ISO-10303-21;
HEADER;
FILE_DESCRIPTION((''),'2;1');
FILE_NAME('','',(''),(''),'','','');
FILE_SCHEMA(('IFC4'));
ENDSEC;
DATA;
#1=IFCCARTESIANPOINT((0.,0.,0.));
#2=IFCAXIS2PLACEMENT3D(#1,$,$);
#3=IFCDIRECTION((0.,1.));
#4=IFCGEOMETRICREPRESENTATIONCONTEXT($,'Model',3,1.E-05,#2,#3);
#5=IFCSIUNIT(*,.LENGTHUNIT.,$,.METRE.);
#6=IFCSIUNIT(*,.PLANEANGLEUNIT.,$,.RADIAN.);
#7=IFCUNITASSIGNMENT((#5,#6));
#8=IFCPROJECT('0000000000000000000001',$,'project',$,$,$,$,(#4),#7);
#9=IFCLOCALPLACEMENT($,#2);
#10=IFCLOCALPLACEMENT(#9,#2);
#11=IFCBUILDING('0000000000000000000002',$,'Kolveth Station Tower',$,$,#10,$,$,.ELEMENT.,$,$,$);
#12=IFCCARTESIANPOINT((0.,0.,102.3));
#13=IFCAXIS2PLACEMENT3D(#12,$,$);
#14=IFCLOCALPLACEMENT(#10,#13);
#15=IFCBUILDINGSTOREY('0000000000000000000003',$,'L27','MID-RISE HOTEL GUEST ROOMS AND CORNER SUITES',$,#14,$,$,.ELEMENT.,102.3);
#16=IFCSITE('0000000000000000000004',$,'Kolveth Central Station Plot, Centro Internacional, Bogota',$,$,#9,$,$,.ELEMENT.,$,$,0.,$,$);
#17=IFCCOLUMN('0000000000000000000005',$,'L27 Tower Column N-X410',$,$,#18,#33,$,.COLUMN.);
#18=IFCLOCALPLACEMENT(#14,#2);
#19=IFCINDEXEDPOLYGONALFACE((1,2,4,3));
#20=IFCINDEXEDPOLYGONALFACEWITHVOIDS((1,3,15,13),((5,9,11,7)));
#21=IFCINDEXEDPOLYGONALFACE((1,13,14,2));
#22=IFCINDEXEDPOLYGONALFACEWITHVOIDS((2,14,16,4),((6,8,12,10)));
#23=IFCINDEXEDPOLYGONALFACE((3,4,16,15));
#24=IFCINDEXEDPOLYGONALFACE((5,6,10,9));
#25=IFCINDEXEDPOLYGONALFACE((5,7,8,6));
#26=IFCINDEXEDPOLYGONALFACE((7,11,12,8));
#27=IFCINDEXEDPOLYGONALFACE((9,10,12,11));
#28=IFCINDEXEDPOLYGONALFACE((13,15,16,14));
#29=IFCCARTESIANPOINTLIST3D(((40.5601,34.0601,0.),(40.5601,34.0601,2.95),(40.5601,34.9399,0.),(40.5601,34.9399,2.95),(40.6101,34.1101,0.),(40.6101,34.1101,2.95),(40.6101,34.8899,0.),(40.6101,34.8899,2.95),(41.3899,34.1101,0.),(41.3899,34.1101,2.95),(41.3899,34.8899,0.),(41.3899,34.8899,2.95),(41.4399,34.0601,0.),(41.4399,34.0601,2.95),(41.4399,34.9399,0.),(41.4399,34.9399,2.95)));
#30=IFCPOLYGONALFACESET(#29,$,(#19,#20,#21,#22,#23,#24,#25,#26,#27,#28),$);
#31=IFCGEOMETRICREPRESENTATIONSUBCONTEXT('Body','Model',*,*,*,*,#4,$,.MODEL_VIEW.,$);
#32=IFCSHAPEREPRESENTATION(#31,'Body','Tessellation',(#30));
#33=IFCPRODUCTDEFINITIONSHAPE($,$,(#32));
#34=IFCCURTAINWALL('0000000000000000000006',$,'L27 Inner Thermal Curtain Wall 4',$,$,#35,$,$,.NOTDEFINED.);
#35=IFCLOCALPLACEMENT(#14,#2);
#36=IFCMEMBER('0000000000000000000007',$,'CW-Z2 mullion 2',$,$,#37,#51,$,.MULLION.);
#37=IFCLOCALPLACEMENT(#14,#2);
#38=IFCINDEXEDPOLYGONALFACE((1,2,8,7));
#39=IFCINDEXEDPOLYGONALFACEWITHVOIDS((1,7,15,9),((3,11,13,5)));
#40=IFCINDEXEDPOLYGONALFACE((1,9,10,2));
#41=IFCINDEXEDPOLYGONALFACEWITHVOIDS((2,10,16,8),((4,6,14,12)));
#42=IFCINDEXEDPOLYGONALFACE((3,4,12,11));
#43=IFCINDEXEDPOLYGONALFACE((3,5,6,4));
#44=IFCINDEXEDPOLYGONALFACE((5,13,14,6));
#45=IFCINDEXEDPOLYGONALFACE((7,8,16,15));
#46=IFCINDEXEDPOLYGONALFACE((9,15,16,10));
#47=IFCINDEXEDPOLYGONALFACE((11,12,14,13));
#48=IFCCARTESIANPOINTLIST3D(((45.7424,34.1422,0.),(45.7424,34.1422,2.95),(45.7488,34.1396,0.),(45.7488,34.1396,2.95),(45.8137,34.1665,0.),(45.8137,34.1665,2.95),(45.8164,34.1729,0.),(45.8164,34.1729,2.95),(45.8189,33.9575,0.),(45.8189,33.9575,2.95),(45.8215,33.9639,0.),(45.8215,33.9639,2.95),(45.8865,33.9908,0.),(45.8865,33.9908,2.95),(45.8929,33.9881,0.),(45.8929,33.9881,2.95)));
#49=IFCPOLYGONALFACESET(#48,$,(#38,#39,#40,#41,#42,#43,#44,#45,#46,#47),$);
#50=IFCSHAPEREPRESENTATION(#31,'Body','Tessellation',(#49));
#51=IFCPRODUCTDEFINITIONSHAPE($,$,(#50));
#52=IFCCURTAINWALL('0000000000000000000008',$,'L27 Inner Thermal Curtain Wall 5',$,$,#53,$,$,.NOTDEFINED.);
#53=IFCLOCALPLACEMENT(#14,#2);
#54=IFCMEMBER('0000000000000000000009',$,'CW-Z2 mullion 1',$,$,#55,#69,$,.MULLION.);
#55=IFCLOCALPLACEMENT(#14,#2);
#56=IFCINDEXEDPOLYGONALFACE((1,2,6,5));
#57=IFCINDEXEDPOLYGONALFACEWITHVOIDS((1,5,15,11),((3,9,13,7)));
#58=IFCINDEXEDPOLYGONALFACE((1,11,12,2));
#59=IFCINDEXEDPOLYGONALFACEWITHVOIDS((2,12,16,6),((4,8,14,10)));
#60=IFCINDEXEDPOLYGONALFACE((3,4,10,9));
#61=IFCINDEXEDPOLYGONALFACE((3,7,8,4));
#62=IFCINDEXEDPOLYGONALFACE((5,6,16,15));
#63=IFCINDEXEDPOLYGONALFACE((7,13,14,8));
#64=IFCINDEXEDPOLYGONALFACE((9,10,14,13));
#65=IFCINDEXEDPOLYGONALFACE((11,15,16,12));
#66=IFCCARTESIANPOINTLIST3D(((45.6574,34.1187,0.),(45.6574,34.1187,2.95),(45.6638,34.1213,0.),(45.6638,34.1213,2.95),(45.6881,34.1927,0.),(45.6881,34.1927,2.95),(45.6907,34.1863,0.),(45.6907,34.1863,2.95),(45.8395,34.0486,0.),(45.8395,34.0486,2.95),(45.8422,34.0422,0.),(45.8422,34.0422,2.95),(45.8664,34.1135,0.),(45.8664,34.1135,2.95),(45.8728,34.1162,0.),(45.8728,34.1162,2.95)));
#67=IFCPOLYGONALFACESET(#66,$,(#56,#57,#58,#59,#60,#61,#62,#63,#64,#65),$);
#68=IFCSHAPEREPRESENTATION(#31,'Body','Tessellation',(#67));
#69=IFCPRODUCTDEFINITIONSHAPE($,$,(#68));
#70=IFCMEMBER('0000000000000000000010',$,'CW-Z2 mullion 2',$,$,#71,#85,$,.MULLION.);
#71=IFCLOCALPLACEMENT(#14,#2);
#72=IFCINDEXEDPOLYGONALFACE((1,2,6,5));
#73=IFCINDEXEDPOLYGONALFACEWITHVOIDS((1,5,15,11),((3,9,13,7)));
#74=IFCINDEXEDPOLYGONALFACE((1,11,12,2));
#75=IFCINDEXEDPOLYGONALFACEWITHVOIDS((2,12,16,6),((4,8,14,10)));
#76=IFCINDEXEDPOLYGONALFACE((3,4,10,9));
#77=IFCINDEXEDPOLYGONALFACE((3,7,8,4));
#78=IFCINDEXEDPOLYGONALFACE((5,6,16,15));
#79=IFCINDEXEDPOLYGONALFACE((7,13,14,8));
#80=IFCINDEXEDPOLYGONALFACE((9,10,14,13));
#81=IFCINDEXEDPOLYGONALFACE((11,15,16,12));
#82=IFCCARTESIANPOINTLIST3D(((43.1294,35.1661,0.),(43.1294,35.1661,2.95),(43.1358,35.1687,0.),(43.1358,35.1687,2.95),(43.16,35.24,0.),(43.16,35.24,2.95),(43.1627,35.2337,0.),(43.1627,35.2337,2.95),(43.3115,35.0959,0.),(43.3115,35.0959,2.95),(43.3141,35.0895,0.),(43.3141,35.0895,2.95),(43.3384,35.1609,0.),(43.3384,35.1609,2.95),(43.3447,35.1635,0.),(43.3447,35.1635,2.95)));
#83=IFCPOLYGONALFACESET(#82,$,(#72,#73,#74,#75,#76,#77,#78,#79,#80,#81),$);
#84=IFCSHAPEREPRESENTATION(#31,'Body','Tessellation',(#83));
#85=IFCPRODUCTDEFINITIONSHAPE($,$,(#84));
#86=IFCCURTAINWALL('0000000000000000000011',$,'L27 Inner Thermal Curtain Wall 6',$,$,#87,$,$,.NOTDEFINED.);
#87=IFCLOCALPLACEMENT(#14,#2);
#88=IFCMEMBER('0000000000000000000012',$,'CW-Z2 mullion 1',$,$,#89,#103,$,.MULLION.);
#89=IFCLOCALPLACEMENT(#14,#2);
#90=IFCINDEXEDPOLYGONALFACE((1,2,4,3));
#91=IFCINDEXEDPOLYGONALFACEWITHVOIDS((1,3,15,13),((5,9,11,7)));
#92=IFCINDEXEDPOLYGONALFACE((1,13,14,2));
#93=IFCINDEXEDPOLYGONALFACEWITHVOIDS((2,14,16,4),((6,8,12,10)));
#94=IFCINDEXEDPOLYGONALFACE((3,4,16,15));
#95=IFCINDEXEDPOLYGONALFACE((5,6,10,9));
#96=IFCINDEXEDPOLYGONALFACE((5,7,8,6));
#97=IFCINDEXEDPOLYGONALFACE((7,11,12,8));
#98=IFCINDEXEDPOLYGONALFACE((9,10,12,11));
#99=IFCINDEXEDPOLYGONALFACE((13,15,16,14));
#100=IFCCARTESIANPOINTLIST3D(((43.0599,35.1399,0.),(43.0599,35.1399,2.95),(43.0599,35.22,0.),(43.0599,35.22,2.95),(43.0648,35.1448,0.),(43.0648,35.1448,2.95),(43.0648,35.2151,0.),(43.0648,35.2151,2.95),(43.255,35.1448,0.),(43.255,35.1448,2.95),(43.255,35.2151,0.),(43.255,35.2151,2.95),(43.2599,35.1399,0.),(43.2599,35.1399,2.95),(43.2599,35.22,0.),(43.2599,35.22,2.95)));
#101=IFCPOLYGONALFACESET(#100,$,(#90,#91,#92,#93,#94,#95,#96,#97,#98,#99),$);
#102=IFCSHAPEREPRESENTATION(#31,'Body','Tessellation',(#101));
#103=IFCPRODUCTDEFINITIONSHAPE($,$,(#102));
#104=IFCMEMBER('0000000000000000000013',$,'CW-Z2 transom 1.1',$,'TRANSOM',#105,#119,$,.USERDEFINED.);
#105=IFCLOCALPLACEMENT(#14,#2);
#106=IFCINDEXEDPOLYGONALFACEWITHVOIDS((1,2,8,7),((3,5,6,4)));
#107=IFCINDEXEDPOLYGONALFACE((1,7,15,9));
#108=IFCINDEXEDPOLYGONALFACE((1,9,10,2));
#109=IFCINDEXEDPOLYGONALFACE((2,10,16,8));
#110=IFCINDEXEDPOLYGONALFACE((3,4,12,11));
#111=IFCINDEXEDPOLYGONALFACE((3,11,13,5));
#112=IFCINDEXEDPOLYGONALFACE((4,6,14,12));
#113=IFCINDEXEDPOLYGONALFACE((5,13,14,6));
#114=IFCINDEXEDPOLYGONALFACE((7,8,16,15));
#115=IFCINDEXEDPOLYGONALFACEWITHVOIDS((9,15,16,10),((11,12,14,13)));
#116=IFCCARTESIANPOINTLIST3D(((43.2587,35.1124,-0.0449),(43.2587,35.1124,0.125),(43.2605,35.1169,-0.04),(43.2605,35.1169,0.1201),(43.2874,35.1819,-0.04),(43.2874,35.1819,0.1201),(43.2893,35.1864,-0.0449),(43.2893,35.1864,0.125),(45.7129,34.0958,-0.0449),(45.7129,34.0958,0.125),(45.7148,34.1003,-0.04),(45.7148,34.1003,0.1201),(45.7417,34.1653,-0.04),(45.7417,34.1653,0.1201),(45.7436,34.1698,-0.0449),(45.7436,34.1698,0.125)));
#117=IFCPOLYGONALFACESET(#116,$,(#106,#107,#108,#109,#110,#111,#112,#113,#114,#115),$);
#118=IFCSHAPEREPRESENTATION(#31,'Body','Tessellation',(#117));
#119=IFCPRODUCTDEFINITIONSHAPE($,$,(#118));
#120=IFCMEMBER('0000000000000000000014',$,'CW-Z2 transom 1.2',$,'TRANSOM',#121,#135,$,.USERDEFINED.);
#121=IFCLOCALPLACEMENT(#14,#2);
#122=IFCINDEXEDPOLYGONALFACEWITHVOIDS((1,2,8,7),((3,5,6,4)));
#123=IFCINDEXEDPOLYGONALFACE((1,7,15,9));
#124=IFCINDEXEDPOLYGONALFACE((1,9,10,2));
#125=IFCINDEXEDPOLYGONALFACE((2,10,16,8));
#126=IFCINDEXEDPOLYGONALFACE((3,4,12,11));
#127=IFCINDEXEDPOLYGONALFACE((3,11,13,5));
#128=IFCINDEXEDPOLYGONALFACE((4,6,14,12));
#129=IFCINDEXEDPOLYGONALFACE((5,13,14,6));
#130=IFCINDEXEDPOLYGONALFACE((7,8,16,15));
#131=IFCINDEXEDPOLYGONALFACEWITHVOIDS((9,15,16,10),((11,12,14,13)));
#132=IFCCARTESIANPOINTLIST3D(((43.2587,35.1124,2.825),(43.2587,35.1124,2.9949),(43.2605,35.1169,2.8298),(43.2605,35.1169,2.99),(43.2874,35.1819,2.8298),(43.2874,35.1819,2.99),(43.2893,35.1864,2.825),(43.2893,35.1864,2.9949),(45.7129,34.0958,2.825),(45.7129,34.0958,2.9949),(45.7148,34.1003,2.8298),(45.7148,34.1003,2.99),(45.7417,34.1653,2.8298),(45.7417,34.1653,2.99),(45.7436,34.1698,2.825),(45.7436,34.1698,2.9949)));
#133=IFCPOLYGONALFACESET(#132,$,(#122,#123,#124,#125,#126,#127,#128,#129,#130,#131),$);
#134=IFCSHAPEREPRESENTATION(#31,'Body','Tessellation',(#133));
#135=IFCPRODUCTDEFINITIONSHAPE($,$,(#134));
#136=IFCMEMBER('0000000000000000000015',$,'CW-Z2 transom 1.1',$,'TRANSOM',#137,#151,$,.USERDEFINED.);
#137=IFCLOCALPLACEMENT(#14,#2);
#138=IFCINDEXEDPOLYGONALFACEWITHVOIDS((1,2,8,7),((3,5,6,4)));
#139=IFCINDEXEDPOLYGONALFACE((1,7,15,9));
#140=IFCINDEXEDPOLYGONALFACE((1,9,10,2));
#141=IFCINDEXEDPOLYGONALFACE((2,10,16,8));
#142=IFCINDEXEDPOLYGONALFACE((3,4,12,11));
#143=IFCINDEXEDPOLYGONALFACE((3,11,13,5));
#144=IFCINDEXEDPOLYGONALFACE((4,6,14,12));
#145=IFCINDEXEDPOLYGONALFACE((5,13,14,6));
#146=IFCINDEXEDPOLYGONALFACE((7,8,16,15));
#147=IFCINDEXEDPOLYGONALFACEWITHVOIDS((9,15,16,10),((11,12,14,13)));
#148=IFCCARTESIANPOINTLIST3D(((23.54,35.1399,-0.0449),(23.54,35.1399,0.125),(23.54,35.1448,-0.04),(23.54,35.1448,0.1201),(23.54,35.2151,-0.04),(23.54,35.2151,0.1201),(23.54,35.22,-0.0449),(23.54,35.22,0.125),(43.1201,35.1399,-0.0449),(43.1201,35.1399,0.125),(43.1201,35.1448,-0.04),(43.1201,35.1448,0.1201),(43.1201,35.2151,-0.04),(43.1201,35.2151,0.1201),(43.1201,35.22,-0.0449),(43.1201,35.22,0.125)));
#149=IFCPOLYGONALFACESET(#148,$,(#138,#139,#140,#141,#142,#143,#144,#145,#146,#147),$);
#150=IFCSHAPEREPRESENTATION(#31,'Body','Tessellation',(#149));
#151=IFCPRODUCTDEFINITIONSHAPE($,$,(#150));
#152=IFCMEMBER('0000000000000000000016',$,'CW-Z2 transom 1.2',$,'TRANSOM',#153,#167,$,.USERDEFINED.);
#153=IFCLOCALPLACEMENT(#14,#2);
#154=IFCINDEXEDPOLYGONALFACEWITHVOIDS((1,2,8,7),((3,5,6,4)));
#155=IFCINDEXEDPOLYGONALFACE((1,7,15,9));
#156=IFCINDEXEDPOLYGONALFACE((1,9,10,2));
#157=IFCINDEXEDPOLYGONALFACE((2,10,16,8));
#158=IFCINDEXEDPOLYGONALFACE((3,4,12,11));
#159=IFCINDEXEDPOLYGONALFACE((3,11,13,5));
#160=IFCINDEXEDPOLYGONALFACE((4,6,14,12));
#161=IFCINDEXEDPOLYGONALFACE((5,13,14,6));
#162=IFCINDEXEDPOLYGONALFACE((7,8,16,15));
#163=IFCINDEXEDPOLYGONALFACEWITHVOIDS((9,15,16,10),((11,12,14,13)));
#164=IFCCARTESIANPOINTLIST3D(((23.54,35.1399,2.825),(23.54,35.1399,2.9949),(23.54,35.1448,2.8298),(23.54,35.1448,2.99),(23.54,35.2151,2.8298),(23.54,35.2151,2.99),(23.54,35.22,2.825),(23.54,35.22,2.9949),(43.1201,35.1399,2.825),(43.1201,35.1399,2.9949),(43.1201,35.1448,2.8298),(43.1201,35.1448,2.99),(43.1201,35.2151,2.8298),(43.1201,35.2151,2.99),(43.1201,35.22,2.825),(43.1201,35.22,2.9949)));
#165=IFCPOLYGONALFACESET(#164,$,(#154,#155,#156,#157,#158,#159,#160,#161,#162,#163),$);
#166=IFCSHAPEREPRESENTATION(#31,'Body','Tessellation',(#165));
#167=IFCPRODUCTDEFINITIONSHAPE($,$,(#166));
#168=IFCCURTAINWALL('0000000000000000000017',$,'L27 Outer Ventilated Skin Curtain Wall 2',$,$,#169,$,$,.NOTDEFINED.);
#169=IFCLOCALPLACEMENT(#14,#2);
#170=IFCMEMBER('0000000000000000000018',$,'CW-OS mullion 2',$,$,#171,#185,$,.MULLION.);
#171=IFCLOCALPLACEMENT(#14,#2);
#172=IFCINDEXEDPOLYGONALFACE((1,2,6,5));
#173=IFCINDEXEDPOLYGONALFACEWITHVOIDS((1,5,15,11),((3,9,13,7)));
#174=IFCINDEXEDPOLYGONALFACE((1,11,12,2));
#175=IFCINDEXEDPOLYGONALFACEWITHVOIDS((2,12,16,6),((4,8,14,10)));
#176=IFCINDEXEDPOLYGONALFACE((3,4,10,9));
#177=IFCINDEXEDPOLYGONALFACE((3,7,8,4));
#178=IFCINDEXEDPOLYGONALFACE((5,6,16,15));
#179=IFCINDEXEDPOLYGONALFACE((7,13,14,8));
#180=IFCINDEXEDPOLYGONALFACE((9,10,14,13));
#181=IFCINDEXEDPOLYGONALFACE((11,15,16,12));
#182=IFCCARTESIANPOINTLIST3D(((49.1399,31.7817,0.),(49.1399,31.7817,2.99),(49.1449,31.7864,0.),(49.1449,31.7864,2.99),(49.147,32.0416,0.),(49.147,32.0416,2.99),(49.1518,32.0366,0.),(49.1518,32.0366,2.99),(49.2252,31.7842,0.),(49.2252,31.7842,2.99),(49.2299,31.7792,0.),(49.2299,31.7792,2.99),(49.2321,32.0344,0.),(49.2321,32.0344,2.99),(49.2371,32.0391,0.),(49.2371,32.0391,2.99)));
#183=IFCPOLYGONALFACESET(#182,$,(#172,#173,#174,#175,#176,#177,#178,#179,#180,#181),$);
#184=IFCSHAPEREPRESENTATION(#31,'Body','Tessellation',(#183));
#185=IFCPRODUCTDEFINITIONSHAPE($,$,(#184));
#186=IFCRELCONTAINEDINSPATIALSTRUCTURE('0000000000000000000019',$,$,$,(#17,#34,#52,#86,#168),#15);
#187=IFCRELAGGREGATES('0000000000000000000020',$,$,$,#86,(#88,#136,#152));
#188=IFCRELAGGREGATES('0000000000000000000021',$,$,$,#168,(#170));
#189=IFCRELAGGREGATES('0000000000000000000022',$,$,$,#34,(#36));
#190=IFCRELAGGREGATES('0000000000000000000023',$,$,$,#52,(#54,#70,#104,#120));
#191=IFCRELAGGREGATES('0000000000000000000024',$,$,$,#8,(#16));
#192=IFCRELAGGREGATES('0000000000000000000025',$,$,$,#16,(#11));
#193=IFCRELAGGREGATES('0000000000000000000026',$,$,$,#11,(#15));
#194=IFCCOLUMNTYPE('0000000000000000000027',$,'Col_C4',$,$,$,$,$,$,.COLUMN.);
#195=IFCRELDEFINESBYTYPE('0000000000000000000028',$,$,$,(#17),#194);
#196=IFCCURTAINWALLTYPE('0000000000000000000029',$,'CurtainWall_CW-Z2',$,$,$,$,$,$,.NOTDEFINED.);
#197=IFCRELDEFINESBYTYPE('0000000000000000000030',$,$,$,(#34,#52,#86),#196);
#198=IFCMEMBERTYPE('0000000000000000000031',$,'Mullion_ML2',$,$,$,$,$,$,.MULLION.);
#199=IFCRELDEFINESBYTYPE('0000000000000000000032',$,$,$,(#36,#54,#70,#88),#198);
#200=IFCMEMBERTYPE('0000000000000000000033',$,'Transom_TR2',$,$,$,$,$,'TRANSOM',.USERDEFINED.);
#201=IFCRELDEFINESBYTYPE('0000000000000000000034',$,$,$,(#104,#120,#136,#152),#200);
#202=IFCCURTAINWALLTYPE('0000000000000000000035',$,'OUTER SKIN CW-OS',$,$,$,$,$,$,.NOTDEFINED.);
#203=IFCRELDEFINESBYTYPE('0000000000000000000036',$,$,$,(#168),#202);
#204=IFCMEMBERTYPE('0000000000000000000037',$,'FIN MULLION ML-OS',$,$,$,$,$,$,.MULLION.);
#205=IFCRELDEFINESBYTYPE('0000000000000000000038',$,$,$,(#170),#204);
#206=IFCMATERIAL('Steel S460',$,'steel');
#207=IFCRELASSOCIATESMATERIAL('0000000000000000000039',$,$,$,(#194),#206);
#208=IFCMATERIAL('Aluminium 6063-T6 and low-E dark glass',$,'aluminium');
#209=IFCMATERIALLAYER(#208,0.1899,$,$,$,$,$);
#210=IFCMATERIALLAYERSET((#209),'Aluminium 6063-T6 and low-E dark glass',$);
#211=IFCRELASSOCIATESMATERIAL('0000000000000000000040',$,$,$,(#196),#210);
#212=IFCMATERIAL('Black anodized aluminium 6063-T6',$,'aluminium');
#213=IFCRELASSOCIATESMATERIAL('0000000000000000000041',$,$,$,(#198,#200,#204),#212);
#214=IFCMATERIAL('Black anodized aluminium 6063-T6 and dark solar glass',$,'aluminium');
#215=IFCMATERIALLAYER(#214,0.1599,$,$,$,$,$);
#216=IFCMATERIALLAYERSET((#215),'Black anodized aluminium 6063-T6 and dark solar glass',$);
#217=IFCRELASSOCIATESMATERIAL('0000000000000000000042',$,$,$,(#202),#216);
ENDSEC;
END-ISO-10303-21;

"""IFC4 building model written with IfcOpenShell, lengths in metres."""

from ifc_helpers import new_model, si_unit, direction, frame, origin, origin_2d, place, context, subcontext, project, spatial, hollow_rectangle, extrude, source, transform, mapped, material, layer, layer_set, material_profile, profile_set, type_object, element, aggregate, save


model = new_model("IFC4")

# Units and contexts
model_context = context("Model", 3, precision=1e-05, world=origin(), true_north=direction((0.0, 1.0)))
body_context = subcontext(model_context, "Body", "Model", "MODEL_VIEW")
ifc_project = project(units=[si_unit("LENGTHUNIT", "METRE"), si_unit("PLANEANGLEUNIT", "RADIAN")], contexts=[model_context])

# Site, building, storey
site_placement = place(None, origin())
site = spatial("IfcSite", under=ifc_project, at=site_placement, Name="Kolveth Central Station Plot, Centro Internacional, Bogota", CompositionType="ELEMENT", RefElevation=0.0)
building_placement = place(site_placement, origin())
building = spatial("IfcBuilding", under=site, at=building_placement, Name="Kolveth Station Tower", CompositionType="ELEMENT")
storey_placement = place(building_placement, frame((0.0, 0.0, 102.3)))
storey = spatial("IfcBuildingStorey", under=building, at=storey_placement, Name="L27", Description="MID-RISE HOTEL GUEST ROOMS AND CORNER SUITES", CompositionType="ELEMENT", Elevation=102.3)

# Column
ifc_material_1 = material(Name="Steel S460", Category="steel")
ifc_material_profile_1 = material_profile(ifc_material_1, hollow_rectangle(XDim=0.8799, YDim=0.8799, WallThickness=0.05, at=origin_2d()), Name="BOX880x880x50")
ifc_profile_set_1 = profile_set([ifc_material_profile_1], Name="Steel S460")
column_type = type_object("IfcColumnType", Name="Col_C4", PredefinedType="COLUMN", material=ifc_profile_set_1)
shared_shape_1 = source(origin(), body_context, "Body", "SweptSolid", [
    extrude(hollow_rectangle(XDim=0.8799, YDim=0.8799, WallThickness=0.05, at=origin_2d()), origin(), (0.0, 0.0, 1.0), 2.95),
])
column_placement = place(storey_placement, frame((41.0, 34.5, 0.0), z_axis=(0.0, 0.0, 1.0), x_axis=(1.0, 0.0, 0.0)))
element("IfcColumn", 1, at=column_placement, inside=storey, type_object=column_type, Name="L27 Tower Column N-X410", PredefinedType="COLUMN", context=body_context, shape_type="MappedRepresentation", body=[
    mapped(shared_shape_1, transform((0.0, 0.0, 0.0), x_axis=(1.0, 0.0, 0.0), y_axis=(0.0, 1.0, 0.0), z_axis=(0.0, 0.0, 1.0), scale=1.0)),
])

# Curtain wall, member
ifc_material_2 = material(Name="Aluminium 6063-T6 and low-E dark glass", Category="aluminium")
ifc_layer_1 = layer(ifc_material_2, 0.1899)
ifc_layer_set_1 = layer_set([ifc_layer_1], Name="Aluminium 6063-T6 and low-E dark glass")
curtain_wall_type_1 = type_object("IfcCurtainWallType", Name="CurtainWall_CW-Z2", PredefinedType="NOTDEFINED", material=ifc_layer_set_1)
curtain_wall_1_placement = place(storey_placement, origin())
curtain_wall_1 = element("IfcCurtainWall", 2, at=curtain_wall_1_placement, inside=storey, type_object=curtain_wall_type_1, Name="L27 Inner Thermal Curtain Wall 4", PredefinedType="NOTDEFINED")
ifc_material_3 = material(Name="Black anodized aluminium 6063-T6", Category="aluminium")
ifc_material_profile_2 = material_profile(ifc_material_3, hollow_rectangle(XDim=0.0801, YDim=0.2, WallThickness=0.0049, at=origin_2d()), Name="ALU-80x200x5")
ifc_profile_set_2 = profile_set([ifc_material_profile_2], Name="Black anodized aluminium 6063-T6")
member_type_1 = type_object("IfcMemberType", Name="Mullion_ML2", PredefinedType="MULLION", material=ifc_profile_set_2)
shared_shape_2 = source(origin(), body_context, "Body", "SweptSolid", [
    extrude(hollow_rectangle(XDim=0.0801, YDim=0.2, WallThickness=0.0049, at=origin_2d()), origin(), (0.0, 0.0, 1.0), 2.95),
])
member_1_placement = place(storey_placement, frame((45.8176, 34.0652, 0.0), z_axis=(0.0, 0.0, 1.0), x_axis=(-0.923888, -0.382663, 0.0)))
member_1 = element("IfcMember", 3, at=member_1_placement, type_object=member_type_1, Name="CW-Z2 mullion 2", PredefinedType="MULLION", context=body_context, shape_type="MappedRepresentation", body=[
    mapped(shared_shape_2, transform((0.0, 0.0, 0.0), x_axis=(1.0, 0.0, 0.0), y_axis=(0.0, 1.0, 0.0), z_axis=(0.0, 0.0, 1.0), scale=1.0)),
])

# Curtain wall, members
curtain_wall_2_placement = place(storey_placement, origin())
curtain_wall_2 = element("IfcCurtainWall", 4, at=curtain_wall_2_placement, inside=storey, type_object=curtain_wall_type_1, Name="L27 Inner Thermal Curtain Wall 5", PredefinedType="NOTDEFINED")
member_2_placement = place(storey_placement, frame((45.7651, 34.1174, 0.0), z_axis=(0.0, 0.0, 1.0), x_axis=(-0.382663, -0.923888, 0.0)))
member_2 = element("IfcMember", 5, at=member_2_placement, type_object=member_type_1, Name="CW-Z2 mullion 1", PredefinedType="MULLION", context=body_context, shape_type="MappedRepresentation", body=[
    mapped(shared_shape_2, transform((0.0, 0.0, 0.0), x_axis=(1.0, 0.0, 0.0), y_axis=(0.0, 1.0, 0.0), z_axis=(0.0, 0.0, 1.0), scale=1.0)),
])
member_3_placement = place(storey_placement, frame((43.2371, 35.1648, 0.0), z_axis=(0.0, 0.0, 1.0), x_axis=(-0.382663, -0.923888, 0.0)))
member_3 = element("IfcMember", 6, at=member_3_placement, type_object=member_type_1, Name="CW-Z2 mullion 2", PredefinedType="MULLION", context=body_context, shape_type="MappedRepresentation", body=[
    mapped(shared_shape_2, transform((0.0, 0.0, 0.0), x_axis=(1.0, 0.0, 0.0), y_axis=(0.0, 1.0, 0.0), z_axis=(0.0, 0.0, 1.0), scale=1.0)),
])

# Curtain wall, member
curtain_wall_3_placement = place(storey_placement, origin())
curtain_wall_3 = element("IfcCurtainWall", 7, at=curtain_wall_3_placement, inside=storey, type_object=curtain_wall_type_1, Name="L27 Inner Thermal Curtain Wall 6", PredefinedType="NOTDEFINED")
member_4_placement = place(storey_placement, frame((43.1599, 35.1799, 0.0), z_axis=(0.0, 0.0, 1.0), x_axis=(0.0, -1.0, 0.0)))
member_4 = element("IfcMember", 8, at=member_4_placement, type_object=member_type_1, Name="CW-Z2 mullion 1", PredefinedType="MULLION", context=body_context, shape_type="MappedRepresentation", body=[
    mapped(shared_shape_2, transform((0.0, 0.0, 0.0), x_axis=(1.0, 0.0, 0.0), y_axis=(0.0, 1.0, 0.0), z_axis=(0.0, 0.0, 1.0), scale=1.0)),
])

# Members
ifc_material_profile_3 = material_profile(ifc_material_3, hollow_rectangle(XDim=0.0801, YDim=0.1699, WallThickness=0.0049, at=origin_2d()), Name="ALU-80x170x5")
ifc_profile_set_3 = profile_set([ifc_material_profile_3], Name="Black anodized aluminium 6063-T6")
member_type_2 = type_object("IfcMemberType", Name="Transom_TR2", ElementType="TRANSOM", PredefinedType="USERDEFINED", material=ifc_profile_set_3)
shared_shape_3 = source(origin(), body_context, "Body", "SweptSolid", [
    extrude(hollow_rectangle(XDim=0.0801, YDim=0.1699, WallThickness=0.0049, at=origin_2d()), origin(), (0.0, 0.0, 1.0), 2.6565),
])
member_5_placement = place(storey_placement, frame((45.7283, 34.1328, 0.04), z_axis=(-0.923882, 0.382676, 0.0), x_axis=(-0.382676, -0.923882, 0.0)))
member_5 = element("IfcMember", 9, at=member_5_placement, type_object=member_type_2, Name="CW-Z2 transom 1.1", ObjectType="TRANSOM", PredefinedType="USERDEFINED", context=body_context, shape_type="MappedRepresentation", body=[
    mapped(shared_shape_3, transform((0.0, 0.0, 0.0), x_axis=(1.0, 0.0, 0.0), y_axis=(0.0, 1.0, 0.0), z_axis=(0.0, 0.0, 1.0), scale=1.0)),
])
member_6_placement = place(storey_placement, frame((45.7283, 34.1328, 2.9099), z_axis=(-0.923882, 0.382676, 0.0), x_axis=(-0.382676, -0.923882, 0.0)))
member_6 = element("IfcMember", 10, at=member_6_placement, type_object=member_type_2, Name="CW-Z2 transom 1.2", ObjectType="TRANSOM", PredefinedType="USERDEFINED", context=body_context, shape_type="MappedRepresentation", body=[
    mapped(shared_shape_3, transform((0.0, 0.0, 0.0), x_axis=(1.0, 0.0, 0.0), y_axis=(0.0, 1.0, 0.0), z_axis=(0.0, 0.0, 1.0), scale=1.0)),
])
shared_shape_4 = source(origin(), body_context, "Body", "SweptSolid", [
    extrude(hollow_rectangle(XDim=0.0801, YDim=0.1699, WallThickness=0.0049, at=origin_2d()), origin(), (0.0, 0.0, 1.0), 19.5801),
])
member_7_placement = place(storey_placement, frame((43.1201, 35.1799, 0.04), z_axis=(-1.0, 0.0, 0.0), x_axis=(0.0, -1.0, 0.0)))
member_7 = element("IfcMember", 11, at=member_7_placement, type_object=member_type_2, Name="CW-Z2 transom 1.1", ObjectType="TRANSOM", PredefinedType="USERDEFINED", context=body_context, shape_type="MappedRepresentation", body=[
    mapped(shared_shape_4, transform((0.0, 0.0, 0.0), x_axis=(1.0, 0.0, 0.0), y_axis=(0.0, 1.0, 0.0), z_axis=(0.0, 0.0, 1.0), scale=1.0)),
])
member_8_placement = place(storey_placement, frame((43.1201, 35.1799, 2.9099), z_axis=(-1.0, 0.0, 0.0), x_axis=(0.0, -1.0, 0.0)))
member_8 = element("IfcMember", 12, at=member_8_placement, type_object=member_type_2, Name="CW-Z2 transom 1.2", ObjectType="TRANSOM", PredefinedType="USERDEFINED", context=body_context, shape_type="MappedRepresentation", body=[
    mapped(shared_shape_4, transform((0.0, 0.0, 0.0), x_axis=(1.0, 0.0, 0.0), y_axis=(0.0, 1.0, 0.0), z_axis=(0.0, 0.0, 1.0), scale=1.0)),
])
aggregate(curtain_wall_3, [member_4, member_7, member_8])

# Curtain wall, member
ifc_material_4 = material(Name="Black anodized aluminium 6063-T6 and dark solar glass", Category="aluminium")
ifc_layer_2 = layer(ifc_material_4, 0.1599)
ifc_layer_set_2 = layer_set([ifc_layer_2], Name="Black anodized aluminium 6063-T6 and dark solar glass")
curtain_wall_type_2 = type_object("IfcCurtainWallType", Name="OUTER SKIN CW-OS", PredefinedType="NOTDEFINED", material=ifc_layer_set_2)
curtain_wall_4_placement = place(storey_placement, origin())
curtain_wall_4 = element("IfcCurtainWall", 13, at=curtain_wall_4_placement, inside=storey, type_object=curtain_wall_type_2, Name="L27 Outer Ventilated Skin Curtain Wall 2", PredefinedType="NOTDEFINED")
ifc_material_profile_4 = material_profile(ifc_material_3, hollow_rectangle(XDim=0.0901, YDim=0.26, WallThickness=0.0049, at=origin_2d()), Name="ALU-90x260x5")
ifc_profile_set_4 = profile_set([ifc_material_profile_4], Name="Black anodized aluminium 6063-T6")
member_type_3 = type_object("IfcMemberType", Name="FIN MULLION ML-OS", PredefinedType="MULLION", material=ifc_profile_set_4)
shared_shape_5 = source(origin(), body_context, "Body", "SweptSolid", [
    extrude(hollow_rectangle(XDim=0.0901, YDim=0.26, WallThickness=0.0049, at=origin_2d()), origin(), (0.0, 0.0, 1.0), 2.99),
])
member_9_placement = place(storey_placement, frame((49.1885, 31.9104, 0.0), z_axis=(0.0, 0.0, 1.0), x_axis=(-0.999618, 0.027649, 0.0)))
member_9 = element("IfcMember", 14, at=member_9_placement, type_object=member_type_3, Name="CW-OS mullion 2", PredefinedType="MULLION", context=body_context, shape_type="MappedRepresentation", body=[
    mapped(shared_shape_5, transform((0.0, 0.0, 0.0), x_axis=(1.0, 0.0, 0.0), y_axis=(0.0, 1.0, 0.0), z_axis=(0.0, 0.0, 1.0), scale=1.0)),
])
aggregate(curtain_wall_4, [member_9])

aggregate(curtain_wall_1, [member_1])
aggregate(curtain_wall_2, [member_2, member_3, member_5, member_6])

save(model, "model.ifc")
